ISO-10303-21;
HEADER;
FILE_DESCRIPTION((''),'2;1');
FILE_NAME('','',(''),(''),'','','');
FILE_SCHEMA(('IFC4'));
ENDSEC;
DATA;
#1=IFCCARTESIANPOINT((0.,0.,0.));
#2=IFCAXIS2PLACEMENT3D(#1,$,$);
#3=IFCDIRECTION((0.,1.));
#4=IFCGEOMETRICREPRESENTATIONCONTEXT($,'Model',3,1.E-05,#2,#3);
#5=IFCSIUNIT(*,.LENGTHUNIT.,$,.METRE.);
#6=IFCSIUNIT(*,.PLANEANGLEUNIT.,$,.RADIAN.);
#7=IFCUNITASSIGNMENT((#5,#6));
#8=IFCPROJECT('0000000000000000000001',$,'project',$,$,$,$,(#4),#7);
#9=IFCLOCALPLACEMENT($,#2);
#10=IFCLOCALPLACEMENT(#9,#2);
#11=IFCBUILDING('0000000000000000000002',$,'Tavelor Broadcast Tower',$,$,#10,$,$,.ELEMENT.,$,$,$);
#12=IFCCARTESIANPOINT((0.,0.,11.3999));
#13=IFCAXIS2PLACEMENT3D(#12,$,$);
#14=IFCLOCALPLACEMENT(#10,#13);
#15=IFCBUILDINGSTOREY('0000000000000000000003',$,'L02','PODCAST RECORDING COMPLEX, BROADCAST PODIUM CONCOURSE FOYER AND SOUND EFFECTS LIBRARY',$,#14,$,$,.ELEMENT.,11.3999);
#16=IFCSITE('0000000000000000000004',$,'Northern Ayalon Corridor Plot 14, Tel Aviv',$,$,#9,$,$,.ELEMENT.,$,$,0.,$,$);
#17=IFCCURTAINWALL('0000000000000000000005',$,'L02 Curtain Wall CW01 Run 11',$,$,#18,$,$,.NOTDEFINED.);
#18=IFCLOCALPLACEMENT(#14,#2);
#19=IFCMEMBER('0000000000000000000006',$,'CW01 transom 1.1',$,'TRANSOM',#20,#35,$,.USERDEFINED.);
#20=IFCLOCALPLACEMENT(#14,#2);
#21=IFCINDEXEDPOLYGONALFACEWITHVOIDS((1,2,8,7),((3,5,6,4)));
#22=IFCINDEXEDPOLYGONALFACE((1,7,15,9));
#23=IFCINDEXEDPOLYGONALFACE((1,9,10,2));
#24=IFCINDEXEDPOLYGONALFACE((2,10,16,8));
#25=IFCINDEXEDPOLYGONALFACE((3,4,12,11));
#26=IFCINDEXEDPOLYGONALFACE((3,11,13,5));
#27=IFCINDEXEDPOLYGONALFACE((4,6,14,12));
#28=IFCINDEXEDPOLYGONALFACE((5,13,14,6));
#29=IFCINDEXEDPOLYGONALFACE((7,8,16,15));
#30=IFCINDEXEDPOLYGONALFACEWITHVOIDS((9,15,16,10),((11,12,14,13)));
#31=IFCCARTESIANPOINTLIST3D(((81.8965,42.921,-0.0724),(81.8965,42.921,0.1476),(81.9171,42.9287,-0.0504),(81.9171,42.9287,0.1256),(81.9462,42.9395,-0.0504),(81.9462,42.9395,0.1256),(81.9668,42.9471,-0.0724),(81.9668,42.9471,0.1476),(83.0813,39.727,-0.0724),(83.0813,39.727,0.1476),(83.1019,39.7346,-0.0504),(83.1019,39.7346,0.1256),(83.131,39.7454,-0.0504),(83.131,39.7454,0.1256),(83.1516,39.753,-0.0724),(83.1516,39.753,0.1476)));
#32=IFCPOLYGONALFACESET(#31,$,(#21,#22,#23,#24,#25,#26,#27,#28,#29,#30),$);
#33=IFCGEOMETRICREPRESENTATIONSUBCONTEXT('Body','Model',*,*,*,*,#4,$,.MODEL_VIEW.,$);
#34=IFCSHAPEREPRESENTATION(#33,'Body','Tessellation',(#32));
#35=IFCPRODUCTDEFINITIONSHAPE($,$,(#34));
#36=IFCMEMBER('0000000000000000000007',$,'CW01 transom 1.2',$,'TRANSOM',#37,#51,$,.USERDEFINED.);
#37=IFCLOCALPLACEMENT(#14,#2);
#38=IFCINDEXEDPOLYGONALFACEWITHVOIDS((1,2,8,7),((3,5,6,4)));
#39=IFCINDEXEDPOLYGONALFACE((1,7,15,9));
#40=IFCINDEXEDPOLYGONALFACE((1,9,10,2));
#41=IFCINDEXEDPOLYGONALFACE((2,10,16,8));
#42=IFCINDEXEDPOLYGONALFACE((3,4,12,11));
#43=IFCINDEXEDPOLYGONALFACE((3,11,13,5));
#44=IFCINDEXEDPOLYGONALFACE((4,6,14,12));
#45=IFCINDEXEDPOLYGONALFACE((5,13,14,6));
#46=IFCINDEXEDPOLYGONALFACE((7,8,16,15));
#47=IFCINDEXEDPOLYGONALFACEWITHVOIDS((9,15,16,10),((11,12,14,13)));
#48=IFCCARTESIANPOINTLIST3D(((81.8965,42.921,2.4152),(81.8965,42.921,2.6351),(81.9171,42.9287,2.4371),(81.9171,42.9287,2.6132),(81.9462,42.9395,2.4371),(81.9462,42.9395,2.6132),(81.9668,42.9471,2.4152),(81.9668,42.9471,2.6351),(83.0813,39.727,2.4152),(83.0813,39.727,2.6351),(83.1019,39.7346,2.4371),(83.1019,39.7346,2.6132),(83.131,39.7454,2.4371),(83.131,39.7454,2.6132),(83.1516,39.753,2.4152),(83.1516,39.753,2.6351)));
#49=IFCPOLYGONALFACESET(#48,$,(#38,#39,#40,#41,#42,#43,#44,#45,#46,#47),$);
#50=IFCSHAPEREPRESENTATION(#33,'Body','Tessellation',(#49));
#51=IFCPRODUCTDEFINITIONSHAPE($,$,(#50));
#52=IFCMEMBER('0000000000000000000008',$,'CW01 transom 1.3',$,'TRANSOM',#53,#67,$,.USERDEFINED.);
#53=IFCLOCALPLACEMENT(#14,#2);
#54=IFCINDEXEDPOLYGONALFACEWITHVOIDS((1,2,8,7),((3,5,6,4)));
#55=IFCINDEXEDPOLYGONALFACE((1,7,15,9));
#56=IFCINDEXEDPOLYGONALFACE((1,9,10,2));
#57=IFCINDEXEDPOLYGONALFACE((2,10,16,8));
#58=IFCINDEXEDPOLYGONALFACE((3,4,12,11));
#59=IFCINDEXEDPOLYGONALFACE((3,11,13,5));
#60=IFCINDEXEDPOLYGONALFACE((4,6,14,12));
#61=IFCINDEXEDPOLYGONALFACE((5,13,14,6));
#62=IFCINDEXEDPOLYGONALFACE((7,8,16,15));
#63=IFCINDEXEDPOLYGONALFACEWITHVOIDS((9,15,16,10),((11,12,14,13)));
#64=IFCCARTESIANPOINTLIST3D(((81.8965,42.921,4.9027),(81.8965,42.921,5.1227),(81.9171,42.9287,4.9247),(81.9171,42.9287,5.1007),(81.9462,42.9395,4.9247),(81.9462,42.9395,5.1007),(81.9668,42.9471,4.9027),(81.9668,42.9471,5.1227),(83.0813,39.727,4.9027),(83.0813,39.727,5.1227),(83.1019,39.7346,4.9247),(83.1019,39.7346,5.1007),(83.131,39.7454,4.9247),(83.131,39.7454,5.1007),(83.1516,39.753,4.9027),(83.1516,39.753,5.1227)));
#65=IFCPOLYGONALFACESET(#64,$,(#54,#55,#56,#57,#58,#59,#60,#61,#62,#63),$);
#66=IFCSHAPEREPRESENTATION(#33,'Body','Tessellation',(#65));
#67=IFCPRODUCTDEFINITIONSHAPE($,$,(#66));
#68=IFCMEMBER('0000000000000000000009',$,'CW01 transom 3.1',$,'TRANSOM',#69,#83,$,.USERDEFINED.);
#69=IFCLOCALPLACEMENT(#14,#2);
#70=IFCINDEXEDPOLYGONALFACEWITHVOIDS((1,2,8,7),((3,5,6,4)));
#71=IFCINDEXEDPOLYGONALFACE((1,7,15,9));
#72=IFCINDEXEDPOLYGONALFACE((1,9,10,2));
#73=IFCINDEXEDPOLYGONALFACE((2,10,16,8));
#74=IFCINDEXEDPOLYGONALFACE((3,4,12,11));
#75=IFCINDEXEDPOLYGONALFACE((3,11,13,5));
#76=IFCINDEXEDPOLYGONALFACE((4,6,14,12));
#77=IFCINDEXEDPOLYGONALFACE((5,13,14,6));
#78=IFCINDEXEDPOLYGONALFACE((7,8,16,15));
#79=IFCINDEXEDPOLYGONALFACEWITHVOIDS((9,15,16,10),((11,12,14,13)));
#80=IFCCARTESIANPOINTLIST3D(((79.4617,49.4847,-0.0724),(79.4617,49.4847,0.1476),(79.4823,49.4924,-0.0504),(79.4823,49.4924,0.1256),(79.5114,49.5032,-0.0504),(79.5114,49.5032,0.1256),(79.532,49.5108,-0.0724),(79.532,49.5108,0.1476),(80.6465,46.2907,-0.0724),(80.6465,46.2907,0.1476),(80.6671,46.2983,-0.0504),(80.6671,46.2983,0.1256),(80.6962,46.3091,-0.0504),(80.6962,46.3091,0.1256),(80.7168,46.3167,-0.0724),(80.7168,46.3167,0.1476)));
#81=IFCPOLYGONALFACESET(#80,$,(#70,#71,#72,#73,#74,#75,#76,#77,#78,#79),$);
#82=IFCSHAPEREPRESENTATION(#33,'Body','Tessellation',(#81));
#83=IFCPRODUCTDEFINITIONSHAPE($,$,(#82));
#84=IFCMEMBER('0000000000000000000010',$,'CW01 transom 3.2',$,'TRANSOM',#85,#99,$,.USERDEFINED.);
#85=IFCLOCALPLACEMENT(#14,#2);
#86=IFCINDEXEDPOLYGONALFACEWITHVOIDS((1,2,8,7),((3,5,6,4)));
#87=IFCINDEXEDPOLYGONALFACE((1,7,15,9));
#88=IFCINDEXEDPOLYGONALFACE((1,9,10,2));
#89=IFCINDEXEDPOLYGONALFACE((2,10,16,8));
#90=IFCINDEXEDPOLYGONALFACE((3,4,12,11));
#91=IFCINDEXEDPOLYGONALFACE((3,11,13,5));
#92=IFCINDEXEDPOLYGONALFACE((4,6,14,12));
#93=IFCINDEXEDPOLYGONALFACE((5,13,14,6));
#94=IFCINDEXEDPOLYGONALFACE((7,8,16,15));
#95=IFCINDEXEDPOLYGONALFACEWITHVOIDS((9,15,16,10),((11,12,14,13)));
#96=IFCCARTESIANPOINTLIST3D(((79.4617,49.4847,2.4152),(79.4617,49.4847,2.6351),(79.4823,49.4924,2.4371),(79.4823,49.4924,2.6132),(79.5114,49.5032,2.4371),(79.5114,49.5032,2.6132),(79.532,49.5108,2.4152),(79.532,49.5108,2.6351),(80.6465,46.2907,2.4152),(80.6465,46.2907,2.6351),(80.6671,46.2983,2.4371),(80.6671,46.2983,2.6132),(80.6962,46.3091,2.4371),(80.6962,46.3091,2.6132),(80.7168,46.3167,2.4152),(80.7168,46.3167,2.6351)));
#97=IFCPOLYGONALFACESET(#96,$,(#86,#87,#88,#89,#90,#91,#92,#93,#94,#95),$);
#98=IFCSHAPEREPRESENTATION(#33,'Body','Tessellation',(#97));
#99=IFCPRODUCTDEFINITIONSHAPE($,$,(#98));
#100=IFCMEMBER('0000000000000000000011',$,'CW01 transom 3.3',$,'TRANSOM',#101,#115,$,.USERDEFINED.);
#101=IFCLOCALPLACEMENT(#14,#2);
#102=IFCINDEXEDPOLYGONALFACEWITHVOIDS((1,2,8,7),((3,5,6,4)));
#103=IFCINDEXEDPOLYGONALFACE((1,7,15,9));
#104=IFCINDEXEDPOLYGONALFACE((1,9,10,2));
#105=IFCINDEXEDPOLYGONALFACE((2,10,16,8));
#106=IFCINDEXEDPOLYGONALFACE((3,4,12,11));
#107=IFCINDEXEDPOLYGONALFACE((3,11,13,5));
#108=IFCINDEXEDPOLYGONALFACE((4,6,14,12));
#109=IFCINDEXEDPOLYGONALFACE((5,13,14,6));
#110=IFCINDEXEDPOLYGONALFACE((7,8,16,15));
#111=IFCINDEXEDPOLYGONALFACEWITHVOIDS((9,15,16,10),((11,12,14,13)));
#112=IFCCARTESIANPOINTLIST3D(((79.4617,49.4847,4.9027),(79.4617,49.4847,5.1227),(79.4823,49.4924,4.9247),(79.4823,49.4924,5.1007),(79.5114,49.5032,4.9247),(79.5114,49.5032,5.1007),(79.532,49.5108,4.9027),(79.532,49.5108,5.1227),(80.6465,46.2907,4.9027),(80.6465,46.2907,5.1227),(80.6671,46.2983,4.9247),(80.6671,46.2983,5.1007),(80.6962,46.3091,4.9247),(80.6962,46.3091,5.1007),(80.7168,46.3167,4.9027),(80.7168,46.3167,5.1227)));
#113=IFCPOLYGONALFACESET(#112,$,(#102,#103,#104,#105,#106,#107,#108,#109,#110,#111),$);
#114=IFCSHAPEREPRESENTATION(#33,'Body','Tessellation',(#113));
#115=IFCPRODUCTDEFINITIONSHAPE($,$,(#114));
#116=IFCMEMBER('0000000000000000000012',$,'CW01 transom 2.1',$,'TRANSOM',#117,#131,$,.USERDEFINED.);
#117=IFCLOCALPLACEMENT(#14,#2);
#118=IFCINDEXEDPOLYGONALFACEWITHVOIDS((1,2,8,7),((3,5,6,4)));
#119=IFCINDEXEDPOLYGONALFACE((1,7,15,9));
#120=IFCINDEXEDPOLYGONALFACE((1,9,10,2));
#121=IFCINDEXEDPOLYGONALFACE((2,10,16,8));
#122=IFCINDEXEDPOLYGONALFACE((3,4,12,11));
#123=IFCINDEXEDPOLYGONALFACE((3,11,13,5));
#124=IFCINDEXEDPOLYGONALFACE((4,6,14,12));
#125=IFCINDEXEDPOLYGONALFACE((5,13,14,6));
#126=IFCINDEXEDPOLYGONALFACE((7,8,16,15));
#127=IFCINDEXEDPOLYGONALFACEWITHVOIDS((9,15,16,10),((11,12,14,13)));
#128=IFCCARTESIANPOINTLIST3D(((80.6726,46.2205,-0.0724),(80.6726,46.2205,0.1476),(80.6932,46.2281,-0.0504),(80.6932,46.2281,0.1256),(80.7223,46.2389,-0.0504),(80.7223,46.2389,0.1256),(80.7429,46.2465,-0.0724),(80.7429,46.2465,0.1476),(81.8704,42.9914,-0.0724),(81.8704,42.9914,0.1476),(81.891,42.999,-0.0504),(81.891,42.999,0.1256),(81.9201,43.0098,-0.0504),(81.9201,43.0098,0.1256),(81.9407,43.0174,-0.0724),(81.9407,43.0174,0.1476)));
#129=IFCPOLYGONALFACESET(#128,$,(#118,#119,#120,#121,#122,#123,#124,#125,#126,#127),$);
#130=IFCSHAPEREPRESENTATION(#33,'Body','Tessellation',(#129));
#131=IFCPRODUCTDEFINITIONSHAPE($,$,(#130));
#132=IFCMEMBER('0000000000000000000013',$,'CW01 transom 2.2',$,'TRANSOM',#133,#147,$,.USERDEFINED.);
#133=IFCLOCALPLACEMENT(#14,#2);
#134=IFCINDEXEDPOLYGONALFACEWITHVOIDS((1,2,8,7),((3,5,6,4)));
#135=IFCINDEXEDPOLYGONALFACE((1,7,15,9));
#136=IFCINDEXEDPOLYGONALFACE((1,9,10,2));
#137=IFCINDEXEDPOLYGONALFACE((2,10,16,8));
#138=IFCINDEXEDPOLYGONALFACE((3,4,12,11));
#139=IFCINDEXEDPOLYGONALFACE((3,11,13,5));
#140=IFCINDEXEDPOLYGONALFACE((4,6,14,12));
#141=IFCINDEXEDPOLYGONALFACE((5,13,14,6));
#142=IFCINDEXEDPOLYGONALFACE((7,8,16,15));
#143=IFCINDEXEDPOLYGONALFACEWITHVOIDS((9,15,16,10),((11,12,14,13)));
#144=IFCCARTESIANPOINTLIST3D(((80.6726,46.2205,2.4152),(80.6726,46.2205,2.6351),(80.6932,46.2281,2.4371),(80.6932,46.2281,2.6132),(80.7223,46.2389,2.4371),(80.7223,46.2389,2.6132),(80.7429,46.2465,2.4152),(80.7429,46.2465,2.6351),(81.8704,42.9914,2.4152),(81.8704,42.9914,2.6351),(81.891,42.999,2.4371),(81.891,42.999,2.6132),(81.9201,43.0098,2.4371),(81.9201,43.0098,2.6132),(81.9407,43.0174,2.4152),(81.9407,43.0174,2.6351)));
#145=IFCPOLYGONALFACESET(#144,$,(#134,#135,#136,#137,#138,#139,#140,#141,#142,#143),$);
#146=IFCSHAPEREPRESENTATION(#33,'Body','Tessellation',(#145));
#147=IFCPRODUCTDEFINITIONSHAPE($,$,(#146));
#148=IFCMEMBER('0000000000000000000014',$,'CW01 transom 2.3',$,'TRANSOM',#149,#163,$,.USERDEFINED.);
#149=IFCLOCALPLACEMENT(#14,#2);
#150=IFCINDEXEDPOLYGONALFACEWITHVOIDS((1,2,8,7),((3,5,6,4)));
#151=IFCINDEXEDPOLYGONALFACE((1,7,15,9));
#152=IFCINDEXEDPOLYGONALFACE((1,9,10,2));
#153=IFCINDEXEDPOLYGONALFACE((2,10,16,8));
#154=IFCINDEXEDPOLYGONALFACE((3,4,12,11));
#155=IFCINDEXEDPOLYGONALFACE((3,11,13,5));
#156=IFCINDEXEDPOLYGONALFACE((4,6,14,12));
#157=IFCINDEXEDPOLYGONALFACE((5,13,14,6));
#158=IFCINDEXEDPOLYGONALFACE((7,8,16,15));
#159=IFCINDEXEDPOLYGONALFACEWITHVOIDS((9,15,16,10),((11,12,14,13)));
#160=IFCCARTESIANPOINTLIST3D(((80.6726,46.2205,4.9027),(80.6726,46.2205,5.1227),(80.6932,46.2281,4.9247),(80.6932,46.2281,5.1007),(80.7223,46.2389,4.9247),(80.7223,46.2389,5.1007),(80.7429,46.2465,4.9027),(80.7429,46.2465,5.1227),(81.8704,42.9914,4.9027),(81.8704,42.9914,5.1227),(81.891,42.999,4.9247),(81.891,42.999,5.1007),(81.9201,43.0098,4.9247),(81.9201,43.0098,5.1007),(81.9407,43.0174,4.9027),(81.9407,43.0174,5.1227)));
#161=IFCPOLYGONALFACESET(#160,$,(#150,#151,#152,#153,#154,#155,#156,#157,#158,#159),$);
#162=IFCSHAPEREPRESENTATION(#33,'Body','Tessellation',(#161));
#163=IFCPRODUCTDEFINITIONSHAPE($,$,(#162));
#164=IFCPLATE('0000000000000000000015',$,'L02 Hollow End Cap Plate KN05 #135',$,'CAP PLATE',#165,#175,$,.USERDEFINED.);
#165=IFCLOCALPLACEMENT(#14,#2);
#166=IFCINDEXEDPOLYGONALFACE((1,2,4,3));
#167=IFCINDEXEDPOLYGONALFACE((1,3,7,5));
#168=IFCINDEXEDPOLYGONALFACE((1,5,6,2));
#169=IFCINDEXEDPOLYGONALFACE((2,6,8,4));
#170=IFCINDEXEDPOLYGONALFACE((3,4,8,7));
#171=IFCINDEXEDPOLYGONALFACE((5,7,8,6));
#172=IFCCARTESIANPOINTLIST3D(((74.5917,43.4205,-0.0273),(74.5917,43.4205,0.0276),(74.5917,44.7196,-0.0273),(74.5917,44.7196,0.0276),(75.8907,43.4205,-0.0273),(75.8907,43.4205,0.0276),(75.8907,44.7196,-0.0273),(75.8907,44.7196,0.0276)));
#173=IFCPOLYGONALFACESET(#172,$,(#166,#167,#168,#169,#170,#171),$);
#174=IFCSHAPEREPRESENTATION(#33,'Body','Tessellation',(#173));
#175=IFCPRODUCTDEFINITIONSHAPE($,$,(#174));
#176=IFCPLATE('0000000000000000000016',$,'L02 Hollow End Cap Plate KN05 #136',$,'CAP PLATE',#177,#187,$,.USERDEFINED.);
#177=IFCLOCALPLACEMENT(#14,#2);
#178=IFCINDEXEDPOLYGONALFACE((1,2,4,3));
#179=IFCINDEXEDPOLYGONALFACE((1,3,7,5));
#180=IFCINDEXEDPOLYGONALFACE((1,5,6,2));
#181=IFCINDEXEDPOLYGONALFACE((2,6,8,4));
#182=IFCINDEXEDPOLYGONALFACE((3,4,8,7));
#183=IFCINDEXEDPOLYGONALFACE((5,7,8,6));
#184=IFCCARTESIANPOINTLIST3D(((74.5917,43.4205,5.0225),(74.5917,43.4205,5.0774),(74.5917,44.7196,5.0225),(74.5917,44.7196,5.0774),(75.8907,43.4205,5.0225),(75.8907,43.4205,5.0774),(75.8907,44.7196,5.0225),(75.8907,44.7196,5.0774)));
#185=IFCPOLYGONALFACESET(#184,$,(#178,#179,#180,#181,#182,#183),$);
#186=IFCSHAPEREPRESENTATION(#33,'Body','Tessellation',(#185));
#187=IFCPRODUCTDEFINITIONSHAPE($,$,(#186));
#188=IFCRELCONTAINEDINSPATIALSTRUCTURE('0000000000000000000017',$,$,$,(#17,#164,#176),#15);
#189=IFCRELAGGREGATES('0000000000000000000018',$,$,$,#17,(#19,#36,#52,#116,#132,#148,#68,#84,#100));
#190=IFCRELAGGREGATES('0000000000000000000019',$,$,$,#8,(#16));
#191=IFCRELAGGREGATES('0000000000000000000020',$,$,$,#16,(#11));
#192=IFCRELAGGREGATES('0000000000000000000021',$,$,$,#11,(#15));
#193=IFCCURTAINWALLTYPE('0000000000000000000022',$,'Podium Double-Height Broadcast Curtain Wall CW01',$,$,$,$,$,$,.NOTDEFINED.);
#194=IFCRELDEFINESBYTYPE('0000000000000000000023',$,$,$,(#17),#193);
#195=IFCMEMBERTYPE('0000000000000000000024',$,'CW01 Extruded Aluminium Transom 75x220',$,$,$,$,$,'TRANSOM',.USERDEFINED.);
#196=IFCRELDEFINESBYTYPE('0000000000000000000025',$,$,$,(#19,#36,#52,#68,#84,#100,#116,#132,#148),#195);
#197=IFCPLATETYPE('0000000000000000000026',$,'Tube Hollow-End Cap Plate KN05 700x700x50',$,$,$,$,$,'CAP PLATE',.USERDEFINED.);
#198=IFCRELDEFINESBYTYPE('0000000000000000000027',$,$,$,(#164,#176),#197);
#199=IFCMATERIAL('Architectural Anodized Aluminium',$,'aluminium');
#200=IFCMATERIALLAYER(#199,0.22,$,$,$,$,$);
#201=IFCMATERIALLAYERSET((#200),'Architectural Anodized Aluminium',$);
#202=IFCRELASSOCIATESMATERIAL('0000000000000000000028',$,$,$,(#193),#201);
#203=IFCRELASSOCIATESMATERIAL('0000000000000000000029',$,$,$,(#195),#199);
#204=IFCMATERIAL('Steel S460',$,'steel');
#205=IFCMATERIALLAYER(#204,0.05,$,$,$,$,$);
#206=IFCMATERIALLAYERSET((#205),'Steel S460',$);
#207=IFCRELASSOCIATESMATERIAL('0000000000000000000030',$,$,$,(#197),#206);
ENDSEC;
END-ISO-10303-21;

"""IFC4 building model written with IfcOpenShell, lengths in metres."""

from ifc_helpers import new_model, si_unit, direction, frame, origin, origin_2d, place, context, subcontext, project, spatial, rectangle, hollow_rectangle, extrude, source, transform, mapped, material, layer, layer_set, material_profile, profile_set, type_object, type_shapes, element, aggregate, save


model = new_model("IFC4")

# Units and contexts
model_context = context("Model", 3, precision=1e-05, world=origin(), true_north=direction((0.0, 1.0)))
body_context = subcontext(model_context, "Body", "Model", "MODEL_VIEW")
ifc_project = project(units=[si_unit("LENGTHUNIT", "METRE"), si_unit("PLANEANGLEUNIT", "RADIAN")], contexts=[model_context])

# Site, building, storey
site_placement = place(None, origin())
site = spatial("IfcSite", under=ifc_project, at=site_placement, Name="Northern Ayalon Corridor Plot 14, Tel Aviv", CompositionType="ELEMENT", RefElevation=0.0)
building_placement = place(site_placement, origin())
building = spatial("IfcBuilding", under=site, at=building_placement, Name="Tavelor Broadcast Tower", CompositionType="ELEMENT")
storey_placement = place(building_placement, frame((0.0, 0.0, 11.3999)))
storey = spatial("IfcBuildingStorey", under=building, at=storey_placement, Name="L02", Description="PODCAST RECORDING COMPLEX, BROADCAST PODIUM CONCOURSE FOYER AND SOUND EFFECTS LIBRARY", CompositionType="ELEMENT", Elevation=11.3999)

# Shared definitions
ifc_material_1 = material(Name="Steel S460", Category="steel")

# Curtain wall, members
ifc_material_2 = material(Name="Architectural Anodized Aluminium", Category="aluminium")
ifc_layer_1 = layer(ifc_material_2, 0.22)
ifc_layer_set_1 = layer_set([ifc_layer_1], Name="Architectural Anodized Aluminium")
curtain_wall_type = type_object("IfcCurtainWallType", Name="Podium Double-Height Broadcast Curtain Wall CW01", PredefinedType="NOTDEFINED", material=ifc_layer_set_1)
curtain_wall_placement = place(storey_placement, origin())
curtain_wall = element("IfcCurtainWall", 1, at=curtain_wall_placement, inside=storey, type_object=curtain_wall_type, Name="L02 Curtain Wall CW01 Run 11", PredefinedType="NOTDEFINED")
ifc_material_profile_1 = material_profile(ifc_material_2, hollow_rectangle(XDim=0.075, YDim=0.22, WallThickness=0.022, at=origin_2d()), Name="RHS 75x220x22")
ifc_profile_set_1 = profile_set([ifc_material_profile_1], Name="Architectural Anodized Aluminium")
member_type_1 = type_object("IfcMemberType", Name="CW01 Extruded Aluminium Transom 75x220", ElementType="TRANSOM", PredefinedType="USERDEFINED", material=ifc_profile_set_1)
shared_shape_1 = source(origin(), body_context, "Body", "SweptSolid", [
    extrude(hollow_rectangle(XDim=0.075, YDim=0.22, WallThickness=0.022, at=origin_2d()), origin(), (0.0, 0.0, 1.0), 3.4067),
])
member_1_placement = place(storey_placement, frame((83.1165, 39.74, 0.0376), z_axis=(-0.347783, 0.937575, 0.0), x_axis=(-0.937575, -0.347783, 0.0)))
member_1 = element("IfcMember", 2, at=member_1_placement, type_object=member_type_1, Name="CW01 transom 1.1", ObjectType="TRANSOM", PredefinedType="USERDEFINED", context=body_context, shape_type="MappedRepresentation", body=[
    mapped(shared_shape_1, transform((0.0, 0.0, 0.0), scale=1.0)),
])
member_2_placement = place(storey_placement, frame((83.1165, 39.74, 2.5251), z_axis=(-0.347783, 0.937575, 0.0), x_axis=(-0.937575, -0.347783, 0.0)))
member_2 = element("IfcMember", 3, at=member_2_placement, type_object=member_type_1, Name="CW01 transom 1.2", ObjectType="TRANSOM", PredefinedType="USERDEFINED", context=body_context, shape_type="MappedRepresentation", body=[
    mapped(shared_shape_1, transform((0.0, 0.0, 0.0), scale=1.0)),
])
member_3_placement = place(storey_placement, frame((83.1165, 39.74, 5.0127), z_axis=(-0.347783, 0.937575, 0.0), x_axis=(-0.937575, -0.347783, 0.0)))
member_3 = element("IfcMember", 4, at=member_3_placement, type_object=member_type_1, Name="CW01 transom 1.3", ObjectType="TRANSOM", PredefinedType="USERDEFINED", context=body_context, shape_type="MappedRepresentation", body=[
    mapped(shared_shape_1, transform((0.0, 0.0, 0.0), scale=1.0)),
])
member_4_placement = place(storey_placement, frame((80.6816, 46.3037, 0.0376), z_axis=(-0.347783, 0.937575, 0.0), x_axis=(-0.937575, -0.347783, 0.0)))
member_4 = element("IfcMember", 5, at=member_4_placement, type_object=member_type_1, Name="CW01 transom 3.1", ObjectType="TRANSOM", PredefinedType="USERDEFINED", context=body_context, shape_type="MappedRepresentation", body=[
    mapped(shared_shape_1, transform((0.0, 0.0, 0.0), scale=1.0)),
])
member_5_placement = place(storey_placement, frame((80.6816, 46.3037, 2.5251), z_axis=(-0.347783, 0.937575, 0.0), x_axis=(-0.937575, -0.347783, 0.0)))
member_5 = element("IfcMember", 6, at=member_5_placement, type_object=member_type_1, Name="CW01 transom 3.2", ObjectType="TRANSOM", PredefinedType="USERDEFINED", context=body_context, shape_type="MappedRepresentation", body=[
    mapped(shared_shape_1, transform((0.0, 0.0, 0.0), scale=1.0)),
])
member_6_placement = place(storey_placement, frame((80.6816, 46.3037, 5.0127), z_axis=(-0.347783, 0.937575, 0.0), x_axis=(-0.937575, -0.347783, 0.0)))
member_6 = element("IfcMember", 7, at=member_6_placement, type_object=member_type_1, Name="CW01 transom 3.3", ObjectType="TRANSOM", PredefinedType="USERDEFINED", context=body_context, shape_type="MappedRepresentation", body=[
    mapped(shared_shape_1, transform((0.0, 0.0, 0.0), scale=1.0)),
])
shared_shape_2 = source(origin(), body_context, "Body", "SweptSolid", [
    extrude(hollow_rectangle(XDim=0.075, YDim=0.22, WallThickness=0.022, at=origin_2d()), origin(), (0.0, 0.0, 1.0), 3.4441),
])
type_shapes(member_type_1, [shared_shape_1, shared_shape_2])
member_7_placement = place(storey_placement, frame((81.9055, 43.0044, 0.0376), z_axis=(-0.347781, 0.937576, 0.0), x_axis=(-0.937576, -0.347781, 0.0)))
member_7 = element("IfcMember", 8, at=member_7_placement, type_object=member_type_1, Name="CW01 transom 2.1", ObjectType="TRANSOM", PredefinedType="USERDEFINED", context=body_context, shape_type="MappedRepresentation", body=[
    mapped(shared_shape_2, transform((0.0, 0.0, 0.0), scale=1.0)),
])
member_8_placement = place(storey_placement, frame((81.9055, 43.0044, 2.5251), z_axis=(-0.347781, 0.937576, 0.0), x_axis=(-0.937576, -0.347781, 0.0)))
member_8 = element("IfcMember", 9, at=member_8_placement, type_object=member_type_1, Name="CW01 transom 2.2", ObjectType="TRANSOM", PredefinedType="USERDEFINED", context=body_context, shape_type="MappedRepresentation", body=[
    mapped(shared_shape_2, transform((0.0, 0.0, 0.0), scale=1.0)),
])
member_9_placement = place(storey_placement, frame((81.9055, 43.0044, 5.0127), z_axis=(-0.347781, 0.937576, 0.0), x_axis=(-0.937576, -0.347781, 0.0)))
member_9 = element("IfcMember", 10, at=member_9_placement, type_object=member_type_1, Name="CW01 transom 2.3", ObjectType="TRANSOM", PredefinedType="USERDEFINED", context=body_context, shape_type="MappedRepresentation", body=[
    mapped(shared_shape_2, transform((0.0, 0.0, 0.0), scale=1.0)),
])

# Plates
ifc_layer_2 = layer(ifc_material_1, 0.05)
ifc_layer_set_2 = layer_set([ifc_layer_2], Name="Steel S460")
plate_type_1 = type_object("IfcPlateType", Name="Tube Hollow-End Cap Plate KN05 700x700x50", ElementType="CAP PLATE", PredefinedType="USERDEFINED", material=ifc_layer_set_2)
shared_shape_3 = source(origin(), body_context, "Body", "SweptSolid", [
    extrude(rectangle(XDim=1.2991, YDim=1.2991, at=origin_2d()), origin(), (0.0, 0.0, 1.0), 0.0549),
])
type_shapes(plate_type_1, [shared_shape_3])
for number, where, z_axis, x_axis, name in (
    (11, (75.2412, 44.0701, -0.0273), (0.0, 0.0, 1.0), (1.0, 0.0, 0.0), "L02 Hollow End Cap Plate KN05 #135"),
    (12, (75.2412, 44.0701, 5.0225), (0.0, 0.0, 1.0), (1.0, 0.0, 0.0), "L02 Hollow End Cap Plate KN05 #136"),
):
    element("IfcPlate", number, at=place(storey_placement, frame(where, z_axis=z_axis, x_axis=x_axis)), inside=storey, type_object=plate_type_1, Name=name, ObjectType="CAP PLATE", PredefinedType="USERDEFINED", context=body_context, shape_type="MappedRepresentation", body=[
        mapped(shared_shape_3, transform((0.0, 0.0, 0.0), scale=1.0)),
    ])

aggregate(curtain_wall, [member_1, member_2, member_3, member_7, member_8, member_9, member_4, member_5, member_6])

save(model, "model.ifc")
